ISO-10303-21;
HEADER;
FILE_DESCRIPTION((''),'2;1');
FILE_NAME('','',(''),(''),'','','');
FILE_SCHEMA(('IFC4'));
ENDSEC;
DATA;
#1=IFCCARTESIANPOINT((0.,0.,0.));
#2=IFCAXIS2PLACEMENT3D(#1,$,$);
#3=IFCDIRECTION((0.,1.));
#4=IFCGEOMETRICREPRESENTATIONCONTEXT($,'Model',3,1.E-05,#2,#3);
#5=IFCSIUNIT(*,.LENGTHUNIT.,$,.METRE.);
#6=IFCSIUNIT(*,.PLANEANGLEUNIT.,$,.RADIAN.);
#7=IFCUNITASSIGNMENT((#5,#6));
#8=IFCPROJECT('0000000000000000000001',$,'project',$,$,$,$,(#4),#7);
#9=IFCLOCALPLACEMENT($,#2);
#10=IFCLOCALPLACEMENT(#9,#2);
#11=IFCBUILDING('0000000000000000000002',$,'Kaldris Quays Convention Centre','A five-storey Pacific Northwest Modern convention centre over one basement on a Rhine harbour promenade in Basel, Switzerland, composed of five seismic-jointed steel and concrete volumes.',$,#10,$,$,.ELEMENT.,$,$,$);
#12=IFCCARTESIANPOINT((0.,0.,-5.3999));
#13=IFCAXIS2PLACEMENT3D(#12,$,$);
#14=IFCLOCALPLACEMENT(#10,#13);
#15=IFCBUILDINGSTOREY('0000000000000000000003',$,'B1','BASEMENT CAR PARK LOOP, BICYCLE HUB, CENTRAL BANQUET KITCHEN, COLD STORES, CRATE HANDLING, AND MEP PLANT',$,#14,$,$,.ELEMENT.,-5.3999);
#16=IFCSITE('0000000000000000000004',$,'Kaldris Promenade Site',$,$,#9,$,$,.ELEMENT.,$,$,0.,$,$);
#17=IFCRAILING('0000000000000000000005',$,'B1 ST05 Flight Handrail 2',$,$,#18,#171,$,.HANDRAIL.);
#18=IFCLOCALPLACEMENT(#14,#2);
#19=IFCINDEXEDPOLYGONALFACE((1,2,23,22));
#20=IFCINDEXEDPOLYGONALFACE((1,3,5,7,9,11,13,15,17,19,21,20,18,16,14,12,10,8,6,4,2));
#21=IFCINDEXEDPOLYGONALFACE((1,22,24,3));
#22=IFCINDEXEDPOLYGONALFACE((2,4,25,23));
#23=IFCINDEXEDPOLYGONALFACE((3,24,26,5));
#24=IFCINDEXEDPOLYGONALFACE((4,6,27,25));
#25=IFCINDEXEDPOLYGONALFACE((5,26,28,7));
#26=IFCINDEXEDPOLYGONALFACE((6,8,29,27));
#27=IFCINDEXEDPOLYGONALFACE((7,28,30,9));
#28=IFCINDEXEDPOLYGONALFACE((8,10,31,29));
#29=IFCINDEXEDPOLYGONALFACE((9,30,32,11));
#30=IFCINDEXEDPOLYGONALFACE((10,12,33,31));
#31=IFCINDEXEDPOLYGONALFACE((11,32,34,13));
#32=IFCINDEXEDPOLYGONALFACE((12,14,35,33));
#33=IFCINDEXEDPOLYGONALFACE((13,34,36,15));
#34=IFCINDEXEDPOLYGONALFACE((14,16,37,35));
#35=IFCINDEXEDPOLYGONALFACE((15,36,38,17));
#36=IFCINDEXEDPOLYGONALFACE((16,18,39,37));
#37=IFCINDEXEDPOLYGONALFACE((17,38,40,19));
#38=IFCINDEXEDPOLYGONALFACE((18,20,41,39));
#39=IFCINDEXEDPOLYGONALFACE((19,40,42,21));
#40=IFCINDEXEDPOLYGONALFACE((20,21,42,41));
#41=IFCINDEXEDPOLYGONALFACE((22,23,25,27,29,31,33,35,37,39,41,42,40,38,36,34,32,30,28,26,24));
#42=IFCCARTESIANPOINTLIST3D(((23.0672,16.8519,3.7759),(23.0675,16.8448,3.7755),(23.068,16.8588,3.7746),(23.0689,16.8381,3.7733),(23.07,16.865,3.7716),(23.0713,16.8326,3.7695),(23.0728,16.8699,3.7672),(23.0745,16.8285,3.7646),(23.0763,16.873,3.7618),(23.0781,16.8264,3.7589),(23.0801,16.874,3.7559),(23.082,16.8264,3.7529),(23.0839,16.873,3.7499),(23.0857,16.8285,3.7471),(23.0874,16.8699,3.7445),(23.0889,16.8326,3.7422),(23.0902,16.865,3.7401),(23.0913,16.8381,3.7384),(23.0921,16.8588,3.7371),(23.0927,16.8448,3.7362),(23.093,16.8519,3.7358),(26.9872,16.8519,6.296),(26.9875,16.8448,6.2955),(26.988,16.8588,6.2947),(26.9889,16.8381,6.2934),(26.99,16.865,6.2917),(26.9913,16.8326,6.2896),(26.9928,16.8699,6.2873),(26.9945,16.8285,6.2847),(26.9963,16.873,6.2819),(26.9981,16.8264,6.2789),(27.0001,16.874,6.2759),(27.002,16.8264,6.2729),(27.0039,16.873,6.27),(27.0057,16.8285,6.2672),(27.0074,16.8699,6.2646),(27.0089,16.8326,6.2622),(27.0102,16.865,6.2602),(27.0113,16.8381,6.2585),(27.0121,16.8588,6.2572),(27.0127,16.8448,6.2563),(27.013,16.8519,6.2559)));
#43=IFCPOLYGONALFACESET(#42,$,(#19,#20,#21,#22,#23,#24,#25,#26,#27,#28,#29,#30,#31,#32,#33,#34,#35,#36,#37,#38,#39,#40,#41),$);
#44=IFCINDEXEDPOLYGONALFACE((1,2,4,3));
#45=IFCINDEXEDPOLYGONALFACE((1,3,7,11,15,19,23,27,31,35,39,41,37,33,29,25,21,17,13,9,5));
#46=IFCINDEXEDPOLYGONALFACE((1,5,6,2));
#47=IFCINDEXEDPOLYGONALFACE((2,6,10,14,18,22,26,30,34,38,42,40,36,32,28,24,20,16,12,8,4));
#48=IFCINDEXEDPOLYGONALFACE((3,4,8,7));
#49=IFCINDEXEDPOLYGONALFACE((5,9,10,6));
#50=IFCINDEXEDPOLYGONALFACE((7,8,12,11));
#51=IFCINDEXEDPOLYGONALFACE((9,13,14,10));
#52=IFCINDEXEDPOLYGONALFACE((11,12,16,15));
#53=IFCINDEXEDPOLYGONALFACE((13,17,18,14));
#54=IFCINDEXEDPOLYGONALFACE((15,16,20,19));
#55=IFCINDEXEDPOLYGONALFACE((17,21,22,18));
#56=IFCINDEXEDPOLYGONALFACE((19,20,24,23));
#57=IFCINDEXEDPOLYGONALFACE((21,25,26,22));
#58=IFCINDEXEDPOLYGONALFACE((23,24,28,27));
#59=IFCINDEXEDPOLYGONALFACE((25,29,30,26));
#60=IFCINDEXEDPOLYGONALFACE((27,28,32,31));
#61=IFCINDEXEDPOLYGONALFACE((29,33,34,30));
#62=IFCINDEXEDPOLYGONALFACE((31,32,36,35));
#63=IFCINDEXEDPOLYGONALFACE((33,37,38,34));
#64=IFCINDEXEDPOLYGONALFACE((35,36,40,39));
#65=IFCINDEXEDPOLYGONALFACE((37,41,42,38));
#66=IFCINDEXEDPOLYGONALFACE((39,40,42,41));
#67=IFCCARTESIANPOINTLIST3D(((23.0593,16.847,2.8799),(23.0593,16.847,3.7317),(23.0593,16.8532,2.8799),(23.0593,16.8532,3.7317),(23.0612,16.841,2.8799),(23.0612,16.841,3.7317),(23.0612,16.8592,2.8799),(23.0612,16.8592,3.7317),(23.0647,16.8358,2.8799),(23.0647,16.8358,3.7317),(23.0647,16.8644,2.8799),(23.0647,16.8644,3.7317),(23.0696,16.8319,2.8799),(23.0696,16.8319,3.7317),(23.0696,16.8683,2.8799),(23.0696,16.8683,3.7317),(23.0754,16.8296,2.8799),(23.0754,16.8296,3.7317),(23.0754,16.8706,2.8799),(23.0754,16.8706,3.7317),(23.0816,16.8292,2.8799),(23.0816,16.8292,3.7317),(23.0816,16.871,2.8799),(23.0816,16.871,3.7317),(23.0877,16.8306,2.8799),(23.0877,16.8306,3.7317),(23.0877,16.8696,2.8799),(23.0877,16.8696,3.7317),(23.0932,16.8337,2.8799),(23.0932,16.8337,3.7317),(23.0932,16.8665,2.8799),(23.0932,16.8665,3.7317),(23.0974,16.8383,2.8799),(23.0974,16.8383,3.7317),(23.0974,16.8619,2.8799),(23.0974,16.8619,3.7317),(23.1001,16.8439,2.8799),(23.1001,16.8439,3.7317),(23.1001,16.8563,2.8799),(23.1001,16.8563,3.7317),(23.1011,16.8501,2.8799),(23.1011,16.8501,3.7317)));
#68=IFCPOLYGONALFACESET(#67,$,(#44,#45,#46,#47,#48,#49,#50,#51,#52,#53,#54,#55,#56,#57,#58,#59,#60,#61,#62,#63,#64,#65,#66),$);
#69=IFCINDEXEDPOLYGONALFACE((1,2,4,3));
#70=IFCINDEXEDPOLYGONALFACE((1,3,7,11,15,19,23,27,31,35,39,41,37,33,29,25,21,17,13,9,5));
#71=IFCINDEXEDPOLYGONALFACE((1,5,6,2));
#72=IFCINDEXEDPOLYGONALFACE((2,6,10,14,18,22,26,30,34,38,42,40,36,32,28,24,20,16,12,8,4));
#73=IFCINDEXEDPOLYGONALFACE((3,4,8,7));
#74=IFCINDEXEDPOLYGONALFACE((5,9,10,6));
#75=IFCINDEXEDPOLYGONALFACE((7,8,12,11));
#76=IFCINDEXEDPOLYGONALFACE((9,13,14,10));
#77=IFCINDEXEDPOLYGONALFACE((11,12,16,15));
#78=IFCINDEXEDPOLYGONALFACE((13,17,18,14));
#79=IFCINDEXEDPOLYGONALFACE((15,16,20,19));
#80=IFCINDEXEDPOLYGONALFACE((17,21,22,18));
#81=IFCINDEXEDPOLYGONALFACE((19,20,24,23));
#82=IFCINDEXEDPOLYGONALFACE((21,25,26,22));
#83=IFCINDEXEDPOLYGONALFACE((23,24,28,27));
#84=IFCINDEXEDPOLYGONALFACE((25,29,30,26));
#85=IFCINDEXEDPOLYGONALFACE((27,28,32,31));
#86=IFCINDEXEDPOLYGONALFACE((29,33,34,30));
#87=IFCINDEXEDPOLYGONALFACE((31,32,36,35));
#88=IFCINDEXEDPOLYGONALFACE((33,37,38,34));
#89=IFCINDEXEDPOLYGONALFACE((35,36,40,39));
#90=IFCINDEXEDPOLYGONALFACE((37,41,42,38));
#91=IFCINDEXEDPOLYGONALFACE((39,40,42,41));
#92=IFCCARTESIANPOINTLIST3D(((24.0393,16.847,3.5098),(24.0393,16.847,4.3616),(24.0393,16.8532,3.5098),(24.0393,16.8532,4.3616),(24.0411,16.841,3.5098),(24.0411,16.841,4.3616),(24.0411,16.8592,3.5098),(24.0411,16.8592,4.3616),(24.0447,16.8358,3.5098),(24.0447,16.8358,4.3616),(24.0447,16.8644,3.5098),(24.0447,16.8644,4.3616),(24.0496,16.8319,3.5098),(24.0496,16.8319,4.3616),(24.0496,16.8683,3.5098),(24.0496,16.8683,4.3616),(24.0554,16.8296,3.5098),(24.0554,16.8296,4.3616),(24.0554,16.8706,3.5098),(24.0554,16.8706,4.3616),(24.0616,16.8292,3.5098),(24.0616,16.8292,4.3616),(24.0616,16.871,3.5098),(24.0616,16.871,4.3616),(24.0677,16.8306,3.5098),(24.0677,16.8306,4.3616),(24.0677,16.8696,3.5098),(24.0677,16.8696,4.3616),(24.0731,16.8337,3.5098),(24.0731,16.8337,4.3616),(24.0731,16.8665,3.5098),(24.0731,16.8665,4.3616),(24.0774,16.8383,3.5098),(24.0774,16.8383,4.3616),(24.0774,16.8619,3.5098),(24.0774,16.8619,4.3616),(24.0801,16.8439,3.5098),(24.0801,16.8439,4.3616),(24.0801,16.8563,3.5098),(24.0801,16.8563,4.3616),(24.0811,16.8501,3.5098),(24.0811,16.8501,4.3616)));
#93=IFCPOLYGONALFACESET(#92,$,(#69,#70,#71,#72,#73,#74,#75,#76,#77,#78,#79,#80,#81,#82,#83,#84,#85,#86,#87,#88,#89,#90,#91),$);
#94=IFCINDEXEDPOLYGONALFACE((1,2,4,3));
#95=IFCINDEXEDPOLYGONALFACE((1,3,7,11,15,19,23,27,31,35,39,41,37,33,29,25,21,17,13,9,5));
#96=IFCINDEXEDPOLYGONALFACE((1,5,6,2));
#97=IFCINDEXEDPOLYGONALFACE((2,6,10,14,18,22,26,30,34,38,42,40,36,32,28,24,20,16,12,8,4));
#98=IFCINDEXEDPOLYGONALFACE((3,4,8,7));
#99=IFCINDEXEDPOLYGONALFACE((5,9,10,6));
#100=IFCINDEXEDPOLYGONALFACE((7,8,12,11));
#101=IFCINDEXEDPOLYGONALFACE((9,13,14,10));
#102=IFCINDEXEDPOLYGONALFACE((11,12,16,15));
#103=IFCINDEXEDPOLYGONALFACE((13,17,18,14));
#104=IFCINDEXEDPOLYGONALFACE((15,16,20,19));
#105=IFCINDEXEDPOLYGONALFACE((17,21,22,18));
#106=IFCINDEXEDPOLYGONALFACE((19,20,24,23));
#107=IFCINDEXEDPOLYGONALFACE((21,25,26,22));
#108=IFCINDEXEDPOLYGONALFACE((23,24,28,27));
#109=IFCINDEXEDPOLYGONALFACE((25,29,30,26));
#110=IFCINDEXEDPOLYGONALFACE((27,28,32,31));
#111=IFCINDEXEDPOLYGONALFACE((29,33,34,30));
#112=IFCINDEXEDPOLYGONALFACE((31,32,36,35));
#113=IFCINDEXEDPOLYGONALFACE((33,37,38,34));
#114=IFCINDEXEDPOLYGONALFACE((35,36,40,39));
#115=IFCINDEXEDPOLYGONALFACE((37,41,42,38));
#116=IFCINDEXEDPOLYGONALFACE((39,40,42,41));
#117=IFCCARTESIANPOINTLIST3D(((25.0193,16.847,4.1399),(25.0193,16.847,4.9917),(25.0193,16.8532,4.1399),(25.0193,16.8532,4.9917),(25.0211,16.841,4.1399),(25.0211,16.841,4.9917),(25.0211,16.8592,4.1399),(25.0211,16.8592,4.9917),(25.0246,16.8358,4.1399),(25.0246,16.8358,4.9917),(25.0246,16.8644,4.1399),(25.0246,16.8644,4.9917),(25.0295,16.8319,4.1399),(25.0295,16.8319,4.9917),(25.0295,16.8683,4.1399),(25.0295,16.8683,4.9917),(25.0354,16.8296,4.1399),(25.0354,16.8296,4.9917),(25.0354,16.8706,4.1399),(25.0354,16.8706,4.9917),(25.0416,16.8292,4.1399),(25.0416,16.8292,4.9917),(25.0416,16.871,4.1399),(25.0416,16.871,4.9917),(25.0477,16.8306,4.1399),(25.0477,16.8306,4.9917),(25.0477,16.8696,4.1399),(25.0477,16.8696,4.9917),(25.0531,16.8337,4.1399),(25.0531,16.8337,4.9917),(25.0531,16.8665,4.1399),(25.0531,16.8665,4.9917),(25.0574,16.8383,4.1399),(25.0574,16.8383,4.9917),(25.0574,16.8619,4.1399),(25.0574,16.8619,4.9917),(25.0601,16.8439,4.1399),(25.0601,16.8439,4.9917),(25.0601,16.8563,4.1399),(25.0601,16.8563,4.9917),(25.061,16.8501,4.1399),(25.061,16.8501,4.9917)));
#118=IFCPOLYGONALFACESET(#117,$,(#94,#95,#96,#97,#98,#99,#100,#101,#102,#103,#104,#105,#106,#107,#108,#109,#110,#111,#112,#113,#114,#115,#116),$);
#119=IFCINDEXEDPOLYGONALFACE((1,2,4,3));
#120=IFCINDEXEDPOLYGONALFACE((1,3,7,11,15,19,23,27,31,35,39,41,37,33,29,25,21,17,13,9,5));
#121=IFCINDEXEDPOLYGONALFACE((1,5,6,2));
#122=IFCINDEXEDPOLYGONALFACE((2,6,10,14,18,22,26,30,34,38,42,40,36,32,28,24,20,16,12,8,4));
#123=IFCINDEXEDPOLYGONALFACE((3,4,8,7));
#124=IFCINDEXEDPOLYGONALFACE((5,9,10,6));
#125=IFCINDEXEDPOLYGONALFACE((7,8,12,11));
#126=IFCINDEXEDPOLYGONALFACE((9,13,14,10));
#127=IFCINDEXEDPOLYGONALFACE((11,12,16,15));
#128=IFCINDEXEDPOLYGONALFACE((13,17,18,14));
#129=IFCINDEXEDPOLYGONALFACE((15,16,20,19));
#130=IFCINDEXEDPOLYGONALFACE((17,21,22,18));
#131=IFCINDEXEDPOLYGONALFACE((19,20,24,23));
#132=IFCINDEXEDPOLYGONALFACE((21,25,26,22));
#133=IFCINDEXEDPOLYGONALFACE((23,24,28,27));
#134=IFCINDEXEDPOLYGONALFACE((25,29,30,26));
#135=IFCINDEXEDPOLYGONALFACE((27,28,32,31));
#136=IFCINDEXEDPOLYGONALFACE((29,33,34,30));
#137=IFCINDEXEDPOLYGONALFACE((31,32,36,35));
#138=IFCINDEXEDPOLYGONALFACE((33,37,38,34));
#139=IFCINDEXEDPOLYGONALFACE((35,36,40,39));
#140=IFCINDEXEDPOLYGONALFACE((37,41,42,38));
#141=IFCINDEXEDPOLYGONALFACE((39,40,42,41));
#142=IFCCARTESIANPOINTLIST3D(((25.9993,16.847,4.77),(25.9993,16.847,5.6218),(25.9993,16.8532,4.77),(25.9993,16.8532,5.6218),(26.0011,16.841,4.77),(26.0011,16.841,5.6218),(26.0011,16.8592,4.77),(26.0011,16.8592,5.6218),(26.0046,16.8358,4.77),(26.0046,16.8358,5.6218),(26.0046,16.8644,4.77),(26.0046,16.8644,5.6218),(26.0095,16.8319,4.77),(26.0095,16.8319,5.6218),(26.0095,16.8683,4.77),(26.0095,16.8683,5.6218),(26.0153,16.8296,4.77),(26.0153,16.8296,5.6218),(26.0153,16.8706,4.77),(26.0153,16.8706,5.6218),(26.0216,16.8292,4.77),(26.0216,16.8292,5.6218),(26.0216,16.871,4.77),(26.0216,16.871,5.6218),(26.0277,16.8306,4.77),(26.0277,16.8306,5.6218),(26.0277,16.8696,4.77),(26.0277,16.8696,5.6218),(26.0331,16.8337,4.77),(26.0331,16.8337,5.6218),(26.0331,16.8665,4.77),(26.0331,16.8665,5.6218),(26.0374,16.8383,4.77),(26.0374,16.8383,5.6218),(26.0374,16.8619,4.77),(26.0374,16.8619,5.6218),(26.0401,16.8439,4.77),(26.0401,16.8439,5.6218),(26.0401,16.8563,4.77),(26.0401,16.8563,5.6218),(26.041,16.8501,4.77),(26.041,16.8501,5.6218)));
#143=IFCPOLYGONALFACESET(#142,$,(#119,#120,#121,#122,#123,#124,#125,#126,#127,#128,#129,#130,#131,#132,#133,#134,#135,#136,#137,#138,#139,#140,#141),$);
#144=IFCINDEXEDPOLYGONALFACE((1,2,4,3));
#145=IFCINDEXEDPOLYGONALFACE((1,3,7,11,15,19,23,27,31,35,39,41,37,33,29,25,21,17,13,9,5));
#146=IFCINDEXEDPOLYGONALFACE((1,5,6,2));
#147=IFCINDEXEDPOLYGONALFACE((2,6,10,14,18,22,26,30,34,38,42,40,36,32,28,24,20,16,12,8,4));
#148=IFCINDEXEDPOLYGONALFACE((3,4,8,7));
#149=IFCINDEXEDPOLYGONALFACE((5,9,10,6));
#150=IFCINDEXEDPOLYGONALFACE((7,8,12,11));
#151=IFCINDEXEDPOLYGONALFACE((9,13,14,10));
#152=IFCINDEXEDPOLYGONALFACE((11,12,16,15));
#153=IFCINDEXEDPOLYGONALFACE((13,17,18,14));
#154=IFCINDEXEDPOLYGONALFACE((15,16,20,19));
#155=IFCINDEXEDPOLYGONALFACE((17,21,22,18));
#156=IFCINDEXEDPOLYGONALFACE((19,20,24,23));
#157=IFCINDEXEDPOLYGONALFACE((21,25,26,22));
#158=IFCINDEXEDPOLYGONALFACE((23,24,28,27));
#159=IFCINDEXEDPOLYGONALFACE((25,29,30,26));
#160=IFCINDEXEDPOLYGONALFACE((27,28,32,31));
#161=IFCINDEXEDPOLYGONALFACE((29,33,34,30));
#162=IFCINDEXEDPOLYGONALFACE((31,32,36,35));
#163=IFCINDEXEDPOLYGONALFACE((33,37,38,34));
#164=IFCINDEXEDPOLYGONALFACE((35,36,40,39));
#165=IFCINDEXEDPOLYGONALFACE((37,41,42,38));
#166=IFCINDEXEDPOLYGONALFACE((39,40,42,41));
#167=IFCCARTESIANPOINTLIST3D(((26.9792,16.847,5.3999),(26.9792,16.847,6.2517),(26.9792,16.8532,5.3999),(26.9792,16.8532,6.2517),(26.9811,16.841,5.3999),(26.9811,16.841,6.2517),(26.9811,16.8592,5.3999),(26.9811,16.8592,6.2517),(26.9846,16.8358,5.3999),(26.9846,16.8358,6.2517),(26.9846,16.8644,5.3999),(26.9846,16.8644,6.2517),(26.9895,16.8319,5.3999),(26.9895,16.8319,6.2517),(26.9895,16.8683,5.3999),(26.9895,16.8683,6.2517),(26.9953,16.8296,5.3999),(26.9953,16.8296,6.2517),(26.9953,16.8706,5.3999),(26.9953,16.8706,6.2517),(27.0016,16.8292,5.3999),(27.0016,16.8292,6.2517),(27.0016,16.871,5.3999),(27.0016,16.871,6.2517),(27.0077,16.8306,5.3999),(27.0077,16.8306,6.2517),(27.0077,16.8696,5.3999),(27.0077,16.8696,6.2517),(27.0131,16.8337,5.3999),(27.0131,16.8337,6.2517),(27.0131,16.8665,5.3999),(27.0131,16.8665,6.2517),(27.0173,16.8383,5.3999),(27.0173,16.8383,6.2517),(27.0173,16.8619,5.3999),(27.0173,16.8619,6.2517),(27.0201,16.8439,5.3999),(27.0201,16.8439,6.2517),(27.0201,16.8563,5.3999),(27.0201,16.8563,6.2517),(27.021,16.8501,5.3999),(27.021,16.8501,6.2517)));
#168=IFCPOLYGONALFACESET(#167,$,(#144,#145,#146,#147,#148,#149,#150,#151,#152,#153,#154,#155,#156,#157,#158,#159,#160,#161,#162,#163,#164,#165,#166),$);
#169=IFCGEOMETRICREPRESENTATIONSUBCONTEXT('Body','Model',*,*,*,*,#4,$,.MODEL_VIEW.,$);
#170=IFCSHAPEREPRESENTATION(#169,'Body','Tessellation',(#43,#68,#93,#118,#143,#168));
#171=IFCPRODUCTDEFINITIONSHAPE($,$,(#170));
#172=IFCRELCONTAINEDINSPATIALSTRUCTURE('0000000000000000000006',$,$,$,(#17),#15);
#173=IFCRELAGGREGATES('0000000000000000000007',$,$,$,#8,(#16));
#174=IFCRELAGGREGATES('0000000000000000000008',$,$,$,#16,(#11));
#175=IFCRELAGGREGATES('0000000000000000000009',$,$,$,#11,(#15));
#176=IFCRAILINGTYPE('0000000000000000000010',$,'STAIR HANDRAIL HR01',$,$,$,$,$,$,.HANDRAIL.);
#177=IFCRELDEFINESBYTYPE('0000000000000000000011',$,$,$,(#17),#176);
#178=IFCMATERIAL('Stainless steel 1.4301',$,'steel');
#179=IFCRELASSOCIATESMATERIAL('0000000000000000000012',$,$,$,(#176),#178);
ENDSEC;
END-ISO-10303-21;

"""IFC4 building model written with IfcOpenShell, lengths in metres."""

from ifc_helpers import new_model, si_unit, direction, frame, origin, origin_2d, place, context, subcontext, project, spatial, circle, extrude, material, type_object, element, save


model = new_model("IFC4")

# Units and contexts
model_context = context("Model", 3, precision=1e-05, world=origin(), true_north=direction((0.0, 1.0)))
body_context = subcontext(model_context, "Body", "Model", "MODEL_VIEW")
ifc_project = project(units=[si_unit("LENGTHUNIT", "METRE"), si_unit("PLANEANGLEUNIT", "RADIAN")], contexts=[model_context])

# Site, building, storey
site_placement = place(None, origin())
site = spatial("IfcSite", under=ifc_project, at=site_placement, Name="Kaldris Promenade Site", CompositionType="ELEMENT", RefElevation=0.0)
building_placement = place(site_placement, origin())
building = spatial("IfcBuilding", under=site, at=building_placement, Name="Kaldris Quays Convention Centre", Description="A five-storey Pacific Northwest Modern convention centre over one basement on a Rhine harbour promenade in Basel, Switzerland, composed of five seismic-jointed steel and concrete volumes.", CompositionType="ELEMENT")
storey_placement = place(building_placement, frame((0.0, 0.0, -5.3999)))
storey = spatial("IfcBuildingStorey", under=building, at=storey_placement, Name="B1", Description="BASEMENT CAR PARK LOOP, BICYCLE HUB, CENTRAL BANQUET KITCHEN, COLD STORES, CRATE HANDLING, AND MEP PLANT", CompositionType="ELEMENT", Elevation=-5.3999)

# Railing
ifc_material_1 = material(Name="Stainless steel 1.4301", Category="steel")
railing_type_1 = type_object("IfcRailingType", Name="STAIR HANDRAIL HR01", PredefinedType="HANDRAIL", material=ifc_material_1)
railing_1_placement = place(storey_placement, frame((23.0801, 16.8501, 2.8799)))
element("IfcRailing", 1, at=railing_1_placement, inside=storey, type_object=railing_type_1, Name="B1 ST05 Flight Handrail 2", PredefinedType="HANDRAIL", context=body_context, shape_type="SweptSolid", body=[
    extrude(circle(Radius=0.0239, at=origin_2d()), frame((0.0, 0.0, 0.876), z_axis=(0.841172, 0.0, 0.540768), x_axis=(0.0, 1.0, 0.0)), (0.0, 0.0, 1.0), 4.6602),
    extrude(circle(Radius=0.021, at=origin_2d()), origin(), (0.0, 0.0, 1.0), 0.8518),
    extrude(circle(Radius=0.021, at=origin_2d()), frame((0.98, 0.0, 0.6299)), (0.0, 0.0, 1.0), 0.8518),
    extrude(circle(Radius=0.021, at=origin_2d()), frame((1.96, 0.0, 1.26)), (0.0, 0.0, 1.0), 0.8518),
    extrude(circle(Radius=0.021, at=origin_2d()), frame((2.9399, 0.0, 1.8901)), (0.0, 0.0, 1.0), 0.8518),
    extrude(circle(Radius=0.021, at=origin_2d()), frame((3.9199, 0.0, 2.52)), (0.0, 0.0, 1.0), 0.8518),
])

save(model, "model.ifc")
